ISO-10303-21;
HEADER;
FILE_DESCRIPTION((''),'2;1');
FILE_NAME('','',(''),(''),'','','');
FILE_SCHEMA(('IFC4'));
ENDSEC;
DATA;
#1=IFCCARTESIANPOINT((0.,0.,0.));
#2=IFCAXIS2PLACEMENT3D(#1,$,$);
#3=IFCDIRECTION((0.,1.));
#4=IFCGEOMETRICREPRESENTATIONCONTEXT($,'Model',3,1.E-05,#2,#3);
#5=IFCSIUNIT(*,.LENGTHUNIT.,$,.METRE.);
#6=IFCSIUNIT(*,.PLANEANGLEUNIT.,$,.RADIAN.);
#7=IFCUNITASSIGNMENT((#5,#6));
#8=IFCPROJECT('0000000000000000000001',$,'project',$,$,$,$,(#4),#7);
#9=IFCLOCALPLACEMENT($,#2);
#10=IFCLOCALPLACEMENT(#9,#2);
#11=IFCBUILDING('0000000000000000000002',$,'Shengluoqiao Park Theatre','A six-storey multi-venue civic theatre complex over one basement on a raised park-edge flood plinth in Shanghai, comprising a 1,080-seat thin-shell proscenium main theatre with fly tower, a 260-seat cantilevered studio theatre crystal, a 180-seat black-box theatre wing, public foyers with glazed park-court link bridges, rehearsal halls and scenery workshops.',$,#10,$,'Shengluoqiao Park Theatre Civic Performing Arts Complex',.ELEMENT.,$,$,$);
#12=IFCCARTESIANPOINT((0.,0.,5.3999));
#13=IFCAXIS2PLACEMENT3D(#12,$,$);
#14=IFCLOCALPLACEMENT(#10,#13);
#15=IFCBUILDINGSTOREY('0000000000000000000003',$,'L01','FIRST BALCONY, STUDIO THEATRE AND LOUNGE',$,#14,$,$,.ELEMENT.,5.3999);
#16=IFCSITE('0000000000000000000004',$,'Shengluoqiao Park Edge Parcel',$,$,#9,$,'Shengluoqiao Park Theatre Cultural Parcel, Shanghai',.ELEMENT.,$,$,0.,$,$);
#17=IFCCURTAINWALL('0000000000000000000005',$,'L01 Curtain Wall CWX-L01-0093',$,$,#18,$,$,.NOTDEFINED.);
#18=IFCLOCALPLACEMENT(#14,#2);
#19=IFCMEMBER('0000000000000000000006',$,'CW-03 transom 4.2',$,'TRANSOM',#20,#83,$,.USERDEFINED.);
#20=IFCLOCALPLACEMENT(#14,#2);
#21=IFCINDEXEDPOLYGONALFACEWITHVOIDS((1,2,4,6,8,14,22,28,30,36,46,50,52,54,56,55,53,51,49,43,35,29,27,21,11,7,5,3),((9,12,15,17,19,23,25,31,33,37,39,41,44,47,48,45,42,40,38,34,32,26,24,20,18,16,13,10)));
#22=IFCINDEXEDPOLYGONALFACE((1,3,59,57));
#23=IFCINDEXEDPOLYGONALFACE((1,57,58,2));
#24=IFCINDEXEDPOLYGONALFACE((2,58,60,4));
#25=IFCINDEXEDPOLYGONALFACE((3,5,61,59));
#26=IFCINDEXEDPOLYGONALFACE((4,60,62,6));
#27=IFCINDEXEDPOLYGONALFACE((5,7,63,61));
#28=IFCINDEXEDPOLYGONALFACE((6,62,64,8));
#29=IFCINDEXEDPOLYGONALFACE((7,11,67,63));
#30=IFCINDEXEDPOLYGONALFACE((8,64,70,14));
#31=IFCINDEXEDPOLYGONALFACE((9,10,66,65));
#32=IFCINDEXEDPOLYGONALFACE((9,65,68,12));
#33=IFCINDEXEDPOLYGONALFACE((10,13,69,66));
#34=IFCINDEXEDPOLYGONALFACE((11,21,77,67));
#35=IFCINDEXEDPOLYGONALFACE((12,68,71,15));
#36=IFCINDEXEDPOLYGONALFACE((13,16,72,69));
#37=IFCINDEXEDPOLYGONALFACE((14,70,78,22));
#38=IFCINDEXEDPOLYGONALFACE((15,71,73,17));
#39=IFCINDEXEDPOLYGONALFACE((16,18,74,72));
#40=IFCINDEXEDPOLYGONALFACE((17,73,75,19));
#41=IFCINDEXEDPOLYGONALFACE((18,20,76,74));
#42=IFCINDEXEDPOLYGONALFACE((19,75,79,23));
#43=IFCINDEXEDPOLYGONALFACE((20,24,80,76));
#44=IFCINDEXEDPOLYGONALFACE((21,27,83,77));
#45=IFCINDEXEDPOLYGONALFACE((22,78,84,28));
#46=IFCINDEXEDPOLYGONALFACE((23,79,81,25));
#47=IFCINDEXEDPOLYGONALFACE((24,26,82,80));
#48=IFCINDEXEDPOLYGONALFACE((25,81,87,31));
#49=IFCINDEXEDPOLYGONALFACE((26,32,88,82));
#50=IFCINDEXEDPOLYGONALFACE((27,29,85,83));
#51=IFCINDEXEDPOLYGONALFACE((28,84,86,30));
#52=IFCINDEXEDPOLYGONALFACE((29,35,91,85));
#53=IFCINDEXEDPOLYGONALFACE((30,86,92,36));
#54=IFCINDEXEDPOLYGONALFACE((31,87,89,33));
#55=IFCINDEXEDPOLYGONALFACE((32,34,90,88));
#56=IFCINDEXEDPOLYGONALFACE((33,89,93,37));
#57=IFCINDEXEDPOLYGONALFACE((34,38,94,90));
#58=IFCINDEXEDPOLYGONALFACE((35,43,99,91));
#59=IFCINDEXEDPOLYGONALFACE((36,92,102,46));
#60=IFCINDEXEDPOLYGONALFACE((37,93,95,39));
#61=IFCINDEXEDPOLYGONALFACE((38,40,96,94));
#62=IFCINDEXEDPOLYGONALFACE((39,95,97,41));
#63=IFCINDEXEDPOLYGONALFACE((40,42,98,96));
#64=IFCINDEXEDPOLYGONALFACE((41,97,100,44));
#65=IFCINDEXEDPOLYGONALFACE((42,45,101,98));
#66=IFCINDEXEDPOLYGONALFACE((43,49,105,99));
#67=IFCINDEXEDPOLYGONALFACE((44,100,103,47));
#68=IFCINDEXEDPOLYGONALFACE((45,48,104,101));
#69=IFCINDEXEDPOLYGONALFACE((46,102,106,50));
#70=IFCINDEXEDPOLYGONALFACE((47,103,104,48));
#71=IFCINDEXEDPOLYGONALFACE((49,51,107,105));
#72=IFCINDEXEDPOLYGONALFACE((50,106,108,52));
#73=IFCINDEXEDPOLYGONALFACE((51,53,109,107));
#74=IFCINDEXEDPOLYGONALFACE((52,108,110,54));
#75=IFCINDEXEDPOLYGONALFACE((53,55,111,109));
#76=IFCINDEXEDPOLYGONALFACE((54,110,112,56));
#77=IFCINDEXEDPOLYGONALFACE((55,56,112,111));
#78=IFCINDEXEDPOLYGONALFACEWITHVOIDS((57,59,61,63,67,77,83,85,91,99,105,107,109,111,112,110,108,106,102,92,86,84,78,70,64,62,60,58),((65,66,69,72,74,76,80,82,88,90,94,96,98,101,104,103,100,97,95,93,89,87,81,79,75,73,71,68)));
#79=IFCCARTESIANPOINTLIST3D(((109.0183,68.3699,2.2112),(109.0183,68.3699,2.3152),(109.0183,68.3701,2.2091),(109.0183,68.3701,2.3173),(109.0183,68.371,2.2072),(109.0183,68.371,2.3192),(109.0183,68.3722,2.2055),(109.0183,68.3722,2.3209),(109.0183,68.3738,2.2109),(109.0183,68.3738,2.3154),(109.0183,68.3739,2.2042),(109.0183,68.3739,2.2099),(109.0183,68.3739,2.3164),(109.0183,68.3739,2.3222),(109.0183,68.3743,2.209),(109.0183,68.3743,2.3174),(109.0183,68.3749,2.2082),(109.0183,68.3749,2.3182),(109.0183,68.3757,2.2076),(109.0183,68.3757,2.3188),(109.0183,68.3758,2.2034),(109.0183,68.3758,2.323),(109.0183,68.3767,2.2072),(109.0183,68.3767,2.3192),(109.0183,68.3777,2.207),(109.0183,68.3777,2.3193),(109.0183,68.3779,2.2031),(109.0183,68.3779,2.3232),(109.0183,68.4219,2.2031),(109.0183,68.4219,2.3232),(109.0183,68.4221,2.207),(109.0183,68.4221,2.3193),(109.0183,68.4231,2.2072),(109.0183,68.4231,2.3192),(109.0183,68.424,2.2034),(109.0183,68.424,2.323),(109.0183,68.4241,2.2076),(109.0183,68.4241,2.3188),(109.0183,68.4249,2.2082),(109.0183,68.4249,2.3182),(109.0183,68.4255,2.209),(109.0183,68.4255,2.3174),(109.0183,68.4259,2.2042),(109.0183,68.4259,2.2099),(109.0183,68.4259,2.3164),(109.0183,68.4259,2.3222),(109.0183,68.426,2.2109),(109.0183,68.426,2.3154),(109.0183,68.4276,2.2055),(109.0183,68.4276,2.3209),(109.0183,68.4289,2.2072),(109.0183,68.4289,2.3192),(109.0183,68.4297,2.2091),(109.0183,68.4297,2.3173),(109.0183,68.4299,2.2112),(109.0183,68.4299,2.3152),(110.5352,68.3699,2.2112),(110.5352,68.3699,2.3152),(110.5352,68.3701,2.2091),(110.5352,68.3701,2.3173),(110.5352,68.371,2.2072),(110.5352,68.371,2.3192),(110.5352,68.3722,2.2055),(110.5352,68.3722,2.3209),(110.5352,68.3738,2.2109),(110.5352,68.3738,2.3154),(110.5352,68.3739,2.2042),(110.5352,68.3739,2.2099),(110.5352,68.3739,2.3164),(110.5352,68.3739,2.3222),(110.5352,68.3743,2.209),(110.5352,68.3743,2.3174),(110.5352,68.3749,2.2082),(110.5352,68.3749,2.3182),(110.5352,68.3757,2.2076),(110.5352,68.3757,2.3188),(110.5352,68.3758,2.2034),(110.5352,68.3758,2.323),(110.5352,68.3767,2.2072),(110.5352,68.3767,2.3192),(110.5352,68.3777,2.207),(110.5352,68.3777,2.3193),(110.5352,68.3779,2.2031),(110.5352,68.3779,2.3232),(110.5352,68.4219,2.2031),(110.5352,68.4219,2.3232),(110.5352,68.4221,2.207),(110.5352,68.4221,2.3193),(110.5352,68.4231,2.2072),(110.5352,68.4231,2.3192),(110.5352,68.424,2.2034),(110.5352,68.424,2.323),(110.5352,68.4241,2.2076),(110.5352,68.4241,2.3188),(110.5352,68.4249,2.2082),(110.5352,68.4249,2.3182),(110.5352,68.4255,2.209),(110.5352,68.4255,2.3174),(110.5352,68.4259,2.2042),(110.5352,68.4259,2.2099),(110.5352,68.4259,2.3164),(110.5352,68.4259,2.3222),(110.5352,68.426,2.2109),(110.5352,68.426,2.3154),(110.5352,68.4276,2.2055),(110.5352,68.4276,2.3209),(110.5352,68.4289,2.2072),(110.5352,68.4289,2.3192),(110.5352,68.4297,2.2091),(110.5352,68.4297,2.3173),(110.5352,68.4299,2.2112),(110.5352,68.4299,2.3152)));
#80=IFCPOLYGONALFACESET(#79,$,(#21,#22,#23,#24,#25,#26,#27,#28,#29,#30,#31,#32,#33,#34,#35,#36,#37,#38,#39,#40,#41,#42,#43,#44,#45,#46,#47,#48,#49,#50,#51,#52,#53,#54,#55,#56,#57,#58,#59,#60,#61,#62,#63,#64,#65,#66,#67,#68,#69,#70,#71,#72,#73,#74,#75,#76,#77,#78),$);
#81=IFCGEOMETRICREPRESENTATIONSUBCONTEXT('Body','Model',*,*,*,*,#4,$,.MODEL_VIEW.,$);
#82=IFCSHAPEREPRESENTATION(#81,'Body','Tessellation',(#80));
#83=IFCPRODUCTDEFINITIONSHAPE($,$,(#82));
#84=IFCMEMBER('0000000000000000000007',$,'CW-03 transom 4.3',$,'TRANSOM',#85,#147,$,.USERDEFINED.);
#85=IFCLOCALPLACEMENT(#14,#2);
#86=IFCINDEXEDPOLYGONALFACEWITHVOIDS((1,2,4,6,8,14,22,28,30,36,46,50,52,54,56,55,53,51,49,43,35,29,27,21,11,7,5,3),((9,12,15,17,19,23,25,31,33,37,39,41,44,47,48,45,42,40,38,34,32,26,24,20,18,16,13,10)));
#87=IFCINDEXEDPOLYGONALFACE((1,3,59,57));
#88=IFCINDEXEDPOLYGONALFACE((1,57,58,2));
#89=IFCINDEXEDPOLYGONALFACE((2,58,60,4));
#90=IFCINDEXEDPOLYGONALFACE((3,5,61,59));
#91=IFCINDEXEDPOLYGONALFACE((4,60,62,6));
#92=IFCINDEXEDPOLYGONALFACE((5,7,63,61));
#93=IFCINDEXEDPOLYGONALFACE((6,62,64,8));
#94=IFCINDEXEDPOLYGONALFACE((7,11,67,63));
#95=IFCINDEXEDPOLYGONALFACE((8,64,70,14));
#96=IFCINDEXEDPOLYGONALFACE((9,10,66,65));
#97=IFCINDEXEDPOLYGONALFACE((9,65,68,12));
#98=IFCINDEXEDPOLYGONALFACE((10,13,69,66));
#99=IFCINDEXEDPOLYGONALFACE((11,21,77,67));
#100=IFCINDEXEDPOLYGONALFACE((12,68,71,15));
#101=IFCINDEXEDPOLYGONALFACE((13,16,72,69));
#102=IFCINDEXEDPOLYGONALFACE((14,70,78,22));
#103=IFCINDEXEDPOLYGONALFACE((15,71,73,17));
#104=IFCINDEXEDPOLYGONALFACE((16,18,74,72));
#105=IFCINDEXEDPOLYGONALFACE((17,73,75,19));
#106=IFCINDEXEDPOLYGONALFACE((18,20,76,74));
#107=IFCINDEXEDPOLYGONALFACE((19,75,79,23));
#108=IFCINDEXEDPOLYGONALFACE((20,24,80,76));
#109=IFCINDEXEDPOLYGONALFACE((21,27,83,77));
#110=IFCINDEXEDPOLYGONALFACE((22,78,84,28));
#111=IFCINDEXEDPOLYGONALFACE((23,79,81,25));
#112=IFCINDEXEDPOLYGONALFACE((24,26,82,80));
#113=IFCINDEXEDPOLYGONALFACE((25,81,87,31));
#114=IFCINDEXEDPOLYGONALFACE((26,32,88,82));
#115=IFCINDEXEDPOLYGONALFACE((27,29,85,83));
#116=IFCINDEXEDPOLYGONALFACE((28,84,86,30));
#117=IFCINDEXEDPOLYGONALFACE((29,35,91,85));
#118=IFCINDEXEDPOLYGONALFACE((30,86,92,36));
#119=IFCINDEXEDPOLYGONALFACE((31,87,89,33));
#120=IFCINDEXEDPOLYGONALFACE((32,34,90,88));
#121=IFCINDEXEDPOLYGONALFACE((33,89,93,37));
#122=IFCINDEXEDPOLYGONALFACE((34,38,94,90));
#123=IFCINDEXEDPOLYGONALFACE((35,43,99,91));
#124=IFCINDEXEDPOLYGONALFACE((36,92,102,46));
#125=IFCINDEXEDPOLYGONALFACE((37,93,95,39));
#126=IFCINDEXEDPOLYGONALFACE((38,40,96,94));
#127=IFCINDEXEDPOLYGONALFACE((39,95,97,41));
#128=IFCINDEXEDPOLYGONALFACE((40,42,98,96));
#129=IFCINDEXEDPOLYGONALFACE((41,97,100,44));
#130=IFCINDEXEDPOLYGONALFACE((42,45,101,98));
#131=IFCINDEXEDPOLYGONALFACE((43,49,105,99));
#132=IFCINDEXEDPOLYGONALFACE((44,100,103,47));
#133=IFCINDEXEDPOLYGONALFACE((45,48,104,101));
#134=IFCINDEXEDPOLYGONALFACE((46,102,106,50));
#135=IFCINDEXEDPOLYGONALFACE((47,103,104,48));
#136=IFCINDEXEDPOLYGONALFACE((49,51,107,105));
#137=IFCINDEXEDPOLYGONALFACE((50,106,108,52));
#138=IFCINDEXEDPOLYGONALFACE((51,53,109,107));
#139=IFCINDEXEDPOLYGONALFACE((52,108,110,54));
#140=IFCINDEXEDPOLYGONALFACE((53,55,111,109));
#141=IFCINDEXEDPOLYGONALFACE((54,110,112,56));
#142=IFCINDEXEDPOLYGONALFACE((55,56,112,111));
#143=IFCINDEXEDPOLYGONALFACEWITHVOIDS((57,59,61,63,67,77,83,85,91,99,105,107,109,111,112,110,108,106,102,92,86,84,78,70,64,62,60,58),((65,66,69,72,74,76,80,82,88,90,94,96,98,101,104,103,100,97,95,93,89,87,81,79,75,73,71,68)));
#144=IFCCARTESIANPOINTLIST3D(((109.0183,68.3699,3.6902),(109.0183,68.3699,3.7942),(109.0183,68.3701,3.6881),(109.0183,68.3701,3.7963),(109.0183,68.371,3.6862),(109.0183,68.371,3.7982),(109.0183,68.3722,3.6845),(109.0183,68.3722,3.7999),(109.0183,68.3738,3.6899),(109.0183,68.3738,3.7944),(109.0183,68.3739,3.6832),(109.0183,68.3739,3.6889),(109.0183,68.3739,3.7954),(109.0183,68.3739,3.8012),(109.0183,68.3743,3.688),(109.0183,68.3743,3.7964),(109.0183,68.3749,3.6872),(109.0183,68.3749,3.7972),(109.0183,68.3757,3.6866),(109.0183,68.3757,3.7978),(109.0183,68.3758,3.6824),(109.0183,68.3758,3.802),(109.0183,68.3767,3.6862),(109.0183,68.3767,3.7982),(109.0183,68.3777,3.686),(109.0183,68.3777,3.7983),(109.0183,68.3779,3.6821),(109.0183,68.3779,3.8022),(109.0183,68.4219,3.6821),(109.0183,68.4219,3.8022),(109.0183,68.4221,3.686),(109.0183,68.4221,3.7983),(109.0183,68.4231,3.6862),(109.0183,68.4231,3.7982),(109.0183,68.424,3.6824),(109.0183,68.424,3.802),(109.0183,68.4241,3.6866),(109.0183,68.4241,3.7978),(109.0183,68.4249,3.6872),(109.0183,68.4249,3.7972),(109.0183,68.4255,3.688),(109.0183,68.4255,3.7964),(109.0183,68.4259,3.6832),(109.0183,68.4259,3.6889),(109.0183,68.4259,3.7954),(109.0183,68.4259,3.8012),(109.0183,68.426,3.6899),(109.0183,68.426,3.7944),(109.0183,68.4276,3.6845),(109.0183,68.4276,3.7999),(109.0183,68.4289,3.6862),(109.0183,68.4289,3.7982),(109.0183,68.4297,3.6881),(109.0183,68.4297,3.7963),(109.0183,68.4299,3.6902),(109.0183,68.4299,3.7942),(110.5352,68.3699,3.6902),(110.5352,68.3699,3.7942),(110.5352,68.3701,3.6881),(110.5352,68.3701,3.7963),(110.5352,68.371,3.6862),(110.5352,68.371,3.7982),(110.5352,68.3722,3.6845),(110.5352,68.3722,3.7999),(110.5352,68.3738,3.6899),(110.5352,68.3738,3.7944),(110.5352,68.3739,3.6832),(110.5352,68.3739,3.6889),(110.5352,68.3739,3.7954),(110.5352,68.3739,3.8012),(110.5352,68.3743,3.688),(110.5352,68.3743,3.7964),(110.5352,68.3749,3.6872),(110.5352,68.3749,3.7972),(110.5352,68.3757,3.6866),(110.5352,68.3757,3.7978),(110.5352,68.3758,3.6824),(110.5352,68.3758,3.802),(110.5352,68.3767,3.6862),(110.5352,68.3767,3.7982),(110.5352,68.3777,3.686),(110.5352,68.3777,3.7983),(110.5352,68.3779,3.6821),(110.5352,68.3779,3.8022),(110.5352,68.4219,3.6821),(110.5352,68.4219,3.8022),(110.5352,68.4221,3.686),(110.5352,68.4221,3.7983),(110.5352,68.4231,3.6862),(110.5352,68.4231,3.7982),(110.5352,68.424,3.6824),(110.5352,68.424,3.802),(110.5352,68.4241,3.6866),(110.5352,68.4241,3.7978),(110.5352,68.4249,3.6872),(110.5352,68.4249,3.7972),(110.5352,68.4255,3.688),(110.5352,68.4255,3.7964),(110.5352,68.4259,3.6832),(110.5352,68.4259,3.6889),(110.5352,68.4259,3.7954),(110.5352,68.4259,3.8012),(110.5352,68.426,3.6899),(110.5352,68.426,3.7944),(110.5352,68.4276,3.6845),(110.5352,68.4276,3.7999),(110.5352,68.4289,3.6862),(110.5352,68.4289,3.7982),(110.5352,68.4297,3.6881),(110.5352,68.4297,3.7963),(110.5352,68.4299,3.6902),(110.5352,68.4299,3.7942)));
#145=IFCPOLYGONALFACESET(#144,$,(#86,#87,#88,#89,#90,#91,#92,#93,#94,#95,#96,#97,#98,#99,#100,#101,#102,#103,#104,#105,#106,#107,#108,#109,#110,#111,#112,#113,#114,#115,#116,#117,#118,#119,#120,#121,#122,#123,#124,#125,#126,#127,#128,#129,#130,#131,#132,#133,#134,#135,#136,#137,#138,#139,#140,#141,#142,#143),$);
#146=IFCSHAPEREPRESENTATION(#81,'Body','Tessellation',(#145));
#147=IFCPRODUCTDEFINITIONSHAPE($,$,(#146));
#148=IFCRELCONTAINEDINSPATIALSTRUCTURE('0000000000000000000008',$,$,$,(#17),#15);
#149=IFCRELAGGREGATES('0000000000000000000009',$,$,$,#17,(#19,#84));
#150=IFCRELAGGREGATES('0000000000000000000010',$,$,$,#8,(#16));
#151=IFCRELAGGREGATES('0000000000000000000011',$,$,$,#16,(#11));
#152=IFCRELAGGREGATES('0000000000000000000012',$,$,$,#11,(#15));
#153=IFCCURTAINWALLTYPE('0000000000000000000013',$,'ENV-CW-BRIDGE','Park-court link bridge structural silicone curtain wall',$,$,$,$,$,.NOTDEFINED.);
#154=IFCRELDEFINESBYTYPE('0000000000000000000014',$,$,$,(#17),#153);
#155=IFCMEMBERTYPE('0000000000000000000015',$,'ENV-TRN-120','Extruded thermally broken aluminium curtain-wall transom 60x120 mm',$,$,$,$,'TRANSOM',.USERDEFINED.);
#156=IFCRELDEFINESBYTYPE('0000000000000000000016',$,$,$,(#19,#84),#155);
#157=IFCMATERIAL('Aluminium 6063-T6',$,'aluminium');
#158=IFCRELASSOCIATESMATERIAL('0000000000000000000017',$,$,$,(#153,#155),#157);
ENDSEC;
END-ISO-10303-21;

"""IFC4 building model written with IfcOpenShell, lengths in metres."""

from ifc_helpers import new_model, si_unit, direction, frame, origin, origin_2d, place, context, subcontext, project, spatial, hollow_rectangle, extrude, material, material_profile, profile_set, type_object, element, aggregate, save


model = new_model("IFC4")

# Units and contexts
model_context = context("Model", 3, precision=1e-05, world=origin(), true_north=direction((0.0, 1.0)))
body_context = subcontext(model_context, "Body", "Model", "MODEL_VIEW")
ifc_project = project(units=[si_unit("LENGTHUNIT", "METRE"), si_unit("PLANEANGLEUNIT", "RADIAN")], contexts=[model_context])

# Site, building, storey
site_placement = place(None, origin())
site = spatial("IfcSite", under=ifc_project, at=site_placement, Name="Shengluoqiao Park Edge Parcel", LongName="Shengluoqiao Park Theatre Cultural Parcel, Shanghai", CompositionType="ELEMENT", RefElevation=0.0)
building_placement = place(site_placement, origin())
building = spatial("IfcBuilding", under=site, at=building_placement, Name="Shengluoqiao Park Theatre", Description="A six-storey multi-venue civic theatre complex over one basement on a raised park-edge flood plinth in Shanghai, comprising a 1,080-seat thin-shell proscenium main theatre with fly tower, a 260-seat cantilevered studio theatre crystal, a 180-seat black-box theatre wing, public foyers with glazed park-court link bridges, rehearsal halls and scenery workshops.", LongName="Shengluoqiao Park Theatre Civic Performing Arts Complex", CompositionType="ELEMENT")
storey_placement = place(building_placement, frame((0.0, 0.0, 5.3999)))
storey = spatial("IfcBuildingStorey", under=building, at=storey_placement, Name="L01", Description="FIRST BALCONY, STUDIO THEATRE AND LOUNGE", CompositionType="ELEMENT", Elevation=5.3999)

# Curtain wall
ifc_material_1 = material(Name="Aluminium 6063-T6", Category="aluminium")
curtain_wall_type = type_object("IfcCurtainWallType", Name="ENV-CW-BRIDGE", Description="Park-court link bridge structural silicone curtain wall", PredefinedType="NOTDEFINED", material=ifc_material_1)
curtain_wall_1_placement = place(storey_placement, origin())
curtain_wall_1 = element("IfcCurtainWall", 1, at=curtain_wall_1_placement, inside=storey, type_object=curtain_wall_type, Name="L01 Curtain Wall CWX-L01-0093", PredefinedType="NOTDEFINED")

# Members
ifc_material_profile_1 = material_profile(ifc_material_1, hollow_rectangle(XDim=0.0601, YDim=0.1201, WallThickness=0.0039, InnerFilletRadius=0.0039, OuterFilletRadius=0.0081, at=origin_2d()), Name="ALU TRANSOM 120x60x4")
ifc_profile_set_1 = profile_set([ifc_material_profile_1], Name="Aluminium 6063-T6")
member_type_1 = type_object("IfcMemberType", Name="ENV-TRN-120", Description="Extruded thermally broken aluminium curtain-wall transom 60x120 mm", ElementType="TRANSOM", PredefinedType="USERDEFINED", material=ifc_profile_set_1)
member_1_placement = place(storey_placement, frame((109.0183, 68.3999, 2.2632), z_axis=(1.0, 0.0, 0.0), x_axis=(0.0, 1.0, 0.0)))
member_1 = element("IfcMember", 2, at=member_1_placement, type_object=member_type_1, Name="CW-03 transom 4.2", ObjectType="TRANSOM", PredefinedType="USERDEFINED", context=body_context, shape_type="SweptSolid", body=[
    extrude(hollow_rectangle(XDim=0.0601, YDim=0.1201, WallThickness=0.0039, InnerFilletRadius=0.0039, OuterFilletRadius=0.0081, at=origin_2d()), origin(), (0.0, 0.0, 1.0), 1.5168),
])
member_2_placement = place(storey_placement, frame((109.0183, 68.3999, 3.7422), z_axis=(1.0, 0.0, 0.0), x_axis=(0.0, 1.0, 0.0)))
member_2 = element("IfcMember", 3, at=member_2_placement, type_object=member_type_1, Name="CW-03 transom 4.3", ObjectType="TRANSOM", PredefinedType="USERDEFINED", context=body_context, shape_type="SweptSolid", body=[
    extrude(hollow_rectangle(XDim=0.0601, YDim=0.1201, WallThickness=0.0039, InnerFilletRadius=0.0039, OuterFilletRadius=0.0081, at=origin_2d()), origin(), (0.0, 0.0, 1.0), 1.5168),
])

aggregate(curtain_wall_1, [member_1, member_2])

save(model, "model.ifc")
